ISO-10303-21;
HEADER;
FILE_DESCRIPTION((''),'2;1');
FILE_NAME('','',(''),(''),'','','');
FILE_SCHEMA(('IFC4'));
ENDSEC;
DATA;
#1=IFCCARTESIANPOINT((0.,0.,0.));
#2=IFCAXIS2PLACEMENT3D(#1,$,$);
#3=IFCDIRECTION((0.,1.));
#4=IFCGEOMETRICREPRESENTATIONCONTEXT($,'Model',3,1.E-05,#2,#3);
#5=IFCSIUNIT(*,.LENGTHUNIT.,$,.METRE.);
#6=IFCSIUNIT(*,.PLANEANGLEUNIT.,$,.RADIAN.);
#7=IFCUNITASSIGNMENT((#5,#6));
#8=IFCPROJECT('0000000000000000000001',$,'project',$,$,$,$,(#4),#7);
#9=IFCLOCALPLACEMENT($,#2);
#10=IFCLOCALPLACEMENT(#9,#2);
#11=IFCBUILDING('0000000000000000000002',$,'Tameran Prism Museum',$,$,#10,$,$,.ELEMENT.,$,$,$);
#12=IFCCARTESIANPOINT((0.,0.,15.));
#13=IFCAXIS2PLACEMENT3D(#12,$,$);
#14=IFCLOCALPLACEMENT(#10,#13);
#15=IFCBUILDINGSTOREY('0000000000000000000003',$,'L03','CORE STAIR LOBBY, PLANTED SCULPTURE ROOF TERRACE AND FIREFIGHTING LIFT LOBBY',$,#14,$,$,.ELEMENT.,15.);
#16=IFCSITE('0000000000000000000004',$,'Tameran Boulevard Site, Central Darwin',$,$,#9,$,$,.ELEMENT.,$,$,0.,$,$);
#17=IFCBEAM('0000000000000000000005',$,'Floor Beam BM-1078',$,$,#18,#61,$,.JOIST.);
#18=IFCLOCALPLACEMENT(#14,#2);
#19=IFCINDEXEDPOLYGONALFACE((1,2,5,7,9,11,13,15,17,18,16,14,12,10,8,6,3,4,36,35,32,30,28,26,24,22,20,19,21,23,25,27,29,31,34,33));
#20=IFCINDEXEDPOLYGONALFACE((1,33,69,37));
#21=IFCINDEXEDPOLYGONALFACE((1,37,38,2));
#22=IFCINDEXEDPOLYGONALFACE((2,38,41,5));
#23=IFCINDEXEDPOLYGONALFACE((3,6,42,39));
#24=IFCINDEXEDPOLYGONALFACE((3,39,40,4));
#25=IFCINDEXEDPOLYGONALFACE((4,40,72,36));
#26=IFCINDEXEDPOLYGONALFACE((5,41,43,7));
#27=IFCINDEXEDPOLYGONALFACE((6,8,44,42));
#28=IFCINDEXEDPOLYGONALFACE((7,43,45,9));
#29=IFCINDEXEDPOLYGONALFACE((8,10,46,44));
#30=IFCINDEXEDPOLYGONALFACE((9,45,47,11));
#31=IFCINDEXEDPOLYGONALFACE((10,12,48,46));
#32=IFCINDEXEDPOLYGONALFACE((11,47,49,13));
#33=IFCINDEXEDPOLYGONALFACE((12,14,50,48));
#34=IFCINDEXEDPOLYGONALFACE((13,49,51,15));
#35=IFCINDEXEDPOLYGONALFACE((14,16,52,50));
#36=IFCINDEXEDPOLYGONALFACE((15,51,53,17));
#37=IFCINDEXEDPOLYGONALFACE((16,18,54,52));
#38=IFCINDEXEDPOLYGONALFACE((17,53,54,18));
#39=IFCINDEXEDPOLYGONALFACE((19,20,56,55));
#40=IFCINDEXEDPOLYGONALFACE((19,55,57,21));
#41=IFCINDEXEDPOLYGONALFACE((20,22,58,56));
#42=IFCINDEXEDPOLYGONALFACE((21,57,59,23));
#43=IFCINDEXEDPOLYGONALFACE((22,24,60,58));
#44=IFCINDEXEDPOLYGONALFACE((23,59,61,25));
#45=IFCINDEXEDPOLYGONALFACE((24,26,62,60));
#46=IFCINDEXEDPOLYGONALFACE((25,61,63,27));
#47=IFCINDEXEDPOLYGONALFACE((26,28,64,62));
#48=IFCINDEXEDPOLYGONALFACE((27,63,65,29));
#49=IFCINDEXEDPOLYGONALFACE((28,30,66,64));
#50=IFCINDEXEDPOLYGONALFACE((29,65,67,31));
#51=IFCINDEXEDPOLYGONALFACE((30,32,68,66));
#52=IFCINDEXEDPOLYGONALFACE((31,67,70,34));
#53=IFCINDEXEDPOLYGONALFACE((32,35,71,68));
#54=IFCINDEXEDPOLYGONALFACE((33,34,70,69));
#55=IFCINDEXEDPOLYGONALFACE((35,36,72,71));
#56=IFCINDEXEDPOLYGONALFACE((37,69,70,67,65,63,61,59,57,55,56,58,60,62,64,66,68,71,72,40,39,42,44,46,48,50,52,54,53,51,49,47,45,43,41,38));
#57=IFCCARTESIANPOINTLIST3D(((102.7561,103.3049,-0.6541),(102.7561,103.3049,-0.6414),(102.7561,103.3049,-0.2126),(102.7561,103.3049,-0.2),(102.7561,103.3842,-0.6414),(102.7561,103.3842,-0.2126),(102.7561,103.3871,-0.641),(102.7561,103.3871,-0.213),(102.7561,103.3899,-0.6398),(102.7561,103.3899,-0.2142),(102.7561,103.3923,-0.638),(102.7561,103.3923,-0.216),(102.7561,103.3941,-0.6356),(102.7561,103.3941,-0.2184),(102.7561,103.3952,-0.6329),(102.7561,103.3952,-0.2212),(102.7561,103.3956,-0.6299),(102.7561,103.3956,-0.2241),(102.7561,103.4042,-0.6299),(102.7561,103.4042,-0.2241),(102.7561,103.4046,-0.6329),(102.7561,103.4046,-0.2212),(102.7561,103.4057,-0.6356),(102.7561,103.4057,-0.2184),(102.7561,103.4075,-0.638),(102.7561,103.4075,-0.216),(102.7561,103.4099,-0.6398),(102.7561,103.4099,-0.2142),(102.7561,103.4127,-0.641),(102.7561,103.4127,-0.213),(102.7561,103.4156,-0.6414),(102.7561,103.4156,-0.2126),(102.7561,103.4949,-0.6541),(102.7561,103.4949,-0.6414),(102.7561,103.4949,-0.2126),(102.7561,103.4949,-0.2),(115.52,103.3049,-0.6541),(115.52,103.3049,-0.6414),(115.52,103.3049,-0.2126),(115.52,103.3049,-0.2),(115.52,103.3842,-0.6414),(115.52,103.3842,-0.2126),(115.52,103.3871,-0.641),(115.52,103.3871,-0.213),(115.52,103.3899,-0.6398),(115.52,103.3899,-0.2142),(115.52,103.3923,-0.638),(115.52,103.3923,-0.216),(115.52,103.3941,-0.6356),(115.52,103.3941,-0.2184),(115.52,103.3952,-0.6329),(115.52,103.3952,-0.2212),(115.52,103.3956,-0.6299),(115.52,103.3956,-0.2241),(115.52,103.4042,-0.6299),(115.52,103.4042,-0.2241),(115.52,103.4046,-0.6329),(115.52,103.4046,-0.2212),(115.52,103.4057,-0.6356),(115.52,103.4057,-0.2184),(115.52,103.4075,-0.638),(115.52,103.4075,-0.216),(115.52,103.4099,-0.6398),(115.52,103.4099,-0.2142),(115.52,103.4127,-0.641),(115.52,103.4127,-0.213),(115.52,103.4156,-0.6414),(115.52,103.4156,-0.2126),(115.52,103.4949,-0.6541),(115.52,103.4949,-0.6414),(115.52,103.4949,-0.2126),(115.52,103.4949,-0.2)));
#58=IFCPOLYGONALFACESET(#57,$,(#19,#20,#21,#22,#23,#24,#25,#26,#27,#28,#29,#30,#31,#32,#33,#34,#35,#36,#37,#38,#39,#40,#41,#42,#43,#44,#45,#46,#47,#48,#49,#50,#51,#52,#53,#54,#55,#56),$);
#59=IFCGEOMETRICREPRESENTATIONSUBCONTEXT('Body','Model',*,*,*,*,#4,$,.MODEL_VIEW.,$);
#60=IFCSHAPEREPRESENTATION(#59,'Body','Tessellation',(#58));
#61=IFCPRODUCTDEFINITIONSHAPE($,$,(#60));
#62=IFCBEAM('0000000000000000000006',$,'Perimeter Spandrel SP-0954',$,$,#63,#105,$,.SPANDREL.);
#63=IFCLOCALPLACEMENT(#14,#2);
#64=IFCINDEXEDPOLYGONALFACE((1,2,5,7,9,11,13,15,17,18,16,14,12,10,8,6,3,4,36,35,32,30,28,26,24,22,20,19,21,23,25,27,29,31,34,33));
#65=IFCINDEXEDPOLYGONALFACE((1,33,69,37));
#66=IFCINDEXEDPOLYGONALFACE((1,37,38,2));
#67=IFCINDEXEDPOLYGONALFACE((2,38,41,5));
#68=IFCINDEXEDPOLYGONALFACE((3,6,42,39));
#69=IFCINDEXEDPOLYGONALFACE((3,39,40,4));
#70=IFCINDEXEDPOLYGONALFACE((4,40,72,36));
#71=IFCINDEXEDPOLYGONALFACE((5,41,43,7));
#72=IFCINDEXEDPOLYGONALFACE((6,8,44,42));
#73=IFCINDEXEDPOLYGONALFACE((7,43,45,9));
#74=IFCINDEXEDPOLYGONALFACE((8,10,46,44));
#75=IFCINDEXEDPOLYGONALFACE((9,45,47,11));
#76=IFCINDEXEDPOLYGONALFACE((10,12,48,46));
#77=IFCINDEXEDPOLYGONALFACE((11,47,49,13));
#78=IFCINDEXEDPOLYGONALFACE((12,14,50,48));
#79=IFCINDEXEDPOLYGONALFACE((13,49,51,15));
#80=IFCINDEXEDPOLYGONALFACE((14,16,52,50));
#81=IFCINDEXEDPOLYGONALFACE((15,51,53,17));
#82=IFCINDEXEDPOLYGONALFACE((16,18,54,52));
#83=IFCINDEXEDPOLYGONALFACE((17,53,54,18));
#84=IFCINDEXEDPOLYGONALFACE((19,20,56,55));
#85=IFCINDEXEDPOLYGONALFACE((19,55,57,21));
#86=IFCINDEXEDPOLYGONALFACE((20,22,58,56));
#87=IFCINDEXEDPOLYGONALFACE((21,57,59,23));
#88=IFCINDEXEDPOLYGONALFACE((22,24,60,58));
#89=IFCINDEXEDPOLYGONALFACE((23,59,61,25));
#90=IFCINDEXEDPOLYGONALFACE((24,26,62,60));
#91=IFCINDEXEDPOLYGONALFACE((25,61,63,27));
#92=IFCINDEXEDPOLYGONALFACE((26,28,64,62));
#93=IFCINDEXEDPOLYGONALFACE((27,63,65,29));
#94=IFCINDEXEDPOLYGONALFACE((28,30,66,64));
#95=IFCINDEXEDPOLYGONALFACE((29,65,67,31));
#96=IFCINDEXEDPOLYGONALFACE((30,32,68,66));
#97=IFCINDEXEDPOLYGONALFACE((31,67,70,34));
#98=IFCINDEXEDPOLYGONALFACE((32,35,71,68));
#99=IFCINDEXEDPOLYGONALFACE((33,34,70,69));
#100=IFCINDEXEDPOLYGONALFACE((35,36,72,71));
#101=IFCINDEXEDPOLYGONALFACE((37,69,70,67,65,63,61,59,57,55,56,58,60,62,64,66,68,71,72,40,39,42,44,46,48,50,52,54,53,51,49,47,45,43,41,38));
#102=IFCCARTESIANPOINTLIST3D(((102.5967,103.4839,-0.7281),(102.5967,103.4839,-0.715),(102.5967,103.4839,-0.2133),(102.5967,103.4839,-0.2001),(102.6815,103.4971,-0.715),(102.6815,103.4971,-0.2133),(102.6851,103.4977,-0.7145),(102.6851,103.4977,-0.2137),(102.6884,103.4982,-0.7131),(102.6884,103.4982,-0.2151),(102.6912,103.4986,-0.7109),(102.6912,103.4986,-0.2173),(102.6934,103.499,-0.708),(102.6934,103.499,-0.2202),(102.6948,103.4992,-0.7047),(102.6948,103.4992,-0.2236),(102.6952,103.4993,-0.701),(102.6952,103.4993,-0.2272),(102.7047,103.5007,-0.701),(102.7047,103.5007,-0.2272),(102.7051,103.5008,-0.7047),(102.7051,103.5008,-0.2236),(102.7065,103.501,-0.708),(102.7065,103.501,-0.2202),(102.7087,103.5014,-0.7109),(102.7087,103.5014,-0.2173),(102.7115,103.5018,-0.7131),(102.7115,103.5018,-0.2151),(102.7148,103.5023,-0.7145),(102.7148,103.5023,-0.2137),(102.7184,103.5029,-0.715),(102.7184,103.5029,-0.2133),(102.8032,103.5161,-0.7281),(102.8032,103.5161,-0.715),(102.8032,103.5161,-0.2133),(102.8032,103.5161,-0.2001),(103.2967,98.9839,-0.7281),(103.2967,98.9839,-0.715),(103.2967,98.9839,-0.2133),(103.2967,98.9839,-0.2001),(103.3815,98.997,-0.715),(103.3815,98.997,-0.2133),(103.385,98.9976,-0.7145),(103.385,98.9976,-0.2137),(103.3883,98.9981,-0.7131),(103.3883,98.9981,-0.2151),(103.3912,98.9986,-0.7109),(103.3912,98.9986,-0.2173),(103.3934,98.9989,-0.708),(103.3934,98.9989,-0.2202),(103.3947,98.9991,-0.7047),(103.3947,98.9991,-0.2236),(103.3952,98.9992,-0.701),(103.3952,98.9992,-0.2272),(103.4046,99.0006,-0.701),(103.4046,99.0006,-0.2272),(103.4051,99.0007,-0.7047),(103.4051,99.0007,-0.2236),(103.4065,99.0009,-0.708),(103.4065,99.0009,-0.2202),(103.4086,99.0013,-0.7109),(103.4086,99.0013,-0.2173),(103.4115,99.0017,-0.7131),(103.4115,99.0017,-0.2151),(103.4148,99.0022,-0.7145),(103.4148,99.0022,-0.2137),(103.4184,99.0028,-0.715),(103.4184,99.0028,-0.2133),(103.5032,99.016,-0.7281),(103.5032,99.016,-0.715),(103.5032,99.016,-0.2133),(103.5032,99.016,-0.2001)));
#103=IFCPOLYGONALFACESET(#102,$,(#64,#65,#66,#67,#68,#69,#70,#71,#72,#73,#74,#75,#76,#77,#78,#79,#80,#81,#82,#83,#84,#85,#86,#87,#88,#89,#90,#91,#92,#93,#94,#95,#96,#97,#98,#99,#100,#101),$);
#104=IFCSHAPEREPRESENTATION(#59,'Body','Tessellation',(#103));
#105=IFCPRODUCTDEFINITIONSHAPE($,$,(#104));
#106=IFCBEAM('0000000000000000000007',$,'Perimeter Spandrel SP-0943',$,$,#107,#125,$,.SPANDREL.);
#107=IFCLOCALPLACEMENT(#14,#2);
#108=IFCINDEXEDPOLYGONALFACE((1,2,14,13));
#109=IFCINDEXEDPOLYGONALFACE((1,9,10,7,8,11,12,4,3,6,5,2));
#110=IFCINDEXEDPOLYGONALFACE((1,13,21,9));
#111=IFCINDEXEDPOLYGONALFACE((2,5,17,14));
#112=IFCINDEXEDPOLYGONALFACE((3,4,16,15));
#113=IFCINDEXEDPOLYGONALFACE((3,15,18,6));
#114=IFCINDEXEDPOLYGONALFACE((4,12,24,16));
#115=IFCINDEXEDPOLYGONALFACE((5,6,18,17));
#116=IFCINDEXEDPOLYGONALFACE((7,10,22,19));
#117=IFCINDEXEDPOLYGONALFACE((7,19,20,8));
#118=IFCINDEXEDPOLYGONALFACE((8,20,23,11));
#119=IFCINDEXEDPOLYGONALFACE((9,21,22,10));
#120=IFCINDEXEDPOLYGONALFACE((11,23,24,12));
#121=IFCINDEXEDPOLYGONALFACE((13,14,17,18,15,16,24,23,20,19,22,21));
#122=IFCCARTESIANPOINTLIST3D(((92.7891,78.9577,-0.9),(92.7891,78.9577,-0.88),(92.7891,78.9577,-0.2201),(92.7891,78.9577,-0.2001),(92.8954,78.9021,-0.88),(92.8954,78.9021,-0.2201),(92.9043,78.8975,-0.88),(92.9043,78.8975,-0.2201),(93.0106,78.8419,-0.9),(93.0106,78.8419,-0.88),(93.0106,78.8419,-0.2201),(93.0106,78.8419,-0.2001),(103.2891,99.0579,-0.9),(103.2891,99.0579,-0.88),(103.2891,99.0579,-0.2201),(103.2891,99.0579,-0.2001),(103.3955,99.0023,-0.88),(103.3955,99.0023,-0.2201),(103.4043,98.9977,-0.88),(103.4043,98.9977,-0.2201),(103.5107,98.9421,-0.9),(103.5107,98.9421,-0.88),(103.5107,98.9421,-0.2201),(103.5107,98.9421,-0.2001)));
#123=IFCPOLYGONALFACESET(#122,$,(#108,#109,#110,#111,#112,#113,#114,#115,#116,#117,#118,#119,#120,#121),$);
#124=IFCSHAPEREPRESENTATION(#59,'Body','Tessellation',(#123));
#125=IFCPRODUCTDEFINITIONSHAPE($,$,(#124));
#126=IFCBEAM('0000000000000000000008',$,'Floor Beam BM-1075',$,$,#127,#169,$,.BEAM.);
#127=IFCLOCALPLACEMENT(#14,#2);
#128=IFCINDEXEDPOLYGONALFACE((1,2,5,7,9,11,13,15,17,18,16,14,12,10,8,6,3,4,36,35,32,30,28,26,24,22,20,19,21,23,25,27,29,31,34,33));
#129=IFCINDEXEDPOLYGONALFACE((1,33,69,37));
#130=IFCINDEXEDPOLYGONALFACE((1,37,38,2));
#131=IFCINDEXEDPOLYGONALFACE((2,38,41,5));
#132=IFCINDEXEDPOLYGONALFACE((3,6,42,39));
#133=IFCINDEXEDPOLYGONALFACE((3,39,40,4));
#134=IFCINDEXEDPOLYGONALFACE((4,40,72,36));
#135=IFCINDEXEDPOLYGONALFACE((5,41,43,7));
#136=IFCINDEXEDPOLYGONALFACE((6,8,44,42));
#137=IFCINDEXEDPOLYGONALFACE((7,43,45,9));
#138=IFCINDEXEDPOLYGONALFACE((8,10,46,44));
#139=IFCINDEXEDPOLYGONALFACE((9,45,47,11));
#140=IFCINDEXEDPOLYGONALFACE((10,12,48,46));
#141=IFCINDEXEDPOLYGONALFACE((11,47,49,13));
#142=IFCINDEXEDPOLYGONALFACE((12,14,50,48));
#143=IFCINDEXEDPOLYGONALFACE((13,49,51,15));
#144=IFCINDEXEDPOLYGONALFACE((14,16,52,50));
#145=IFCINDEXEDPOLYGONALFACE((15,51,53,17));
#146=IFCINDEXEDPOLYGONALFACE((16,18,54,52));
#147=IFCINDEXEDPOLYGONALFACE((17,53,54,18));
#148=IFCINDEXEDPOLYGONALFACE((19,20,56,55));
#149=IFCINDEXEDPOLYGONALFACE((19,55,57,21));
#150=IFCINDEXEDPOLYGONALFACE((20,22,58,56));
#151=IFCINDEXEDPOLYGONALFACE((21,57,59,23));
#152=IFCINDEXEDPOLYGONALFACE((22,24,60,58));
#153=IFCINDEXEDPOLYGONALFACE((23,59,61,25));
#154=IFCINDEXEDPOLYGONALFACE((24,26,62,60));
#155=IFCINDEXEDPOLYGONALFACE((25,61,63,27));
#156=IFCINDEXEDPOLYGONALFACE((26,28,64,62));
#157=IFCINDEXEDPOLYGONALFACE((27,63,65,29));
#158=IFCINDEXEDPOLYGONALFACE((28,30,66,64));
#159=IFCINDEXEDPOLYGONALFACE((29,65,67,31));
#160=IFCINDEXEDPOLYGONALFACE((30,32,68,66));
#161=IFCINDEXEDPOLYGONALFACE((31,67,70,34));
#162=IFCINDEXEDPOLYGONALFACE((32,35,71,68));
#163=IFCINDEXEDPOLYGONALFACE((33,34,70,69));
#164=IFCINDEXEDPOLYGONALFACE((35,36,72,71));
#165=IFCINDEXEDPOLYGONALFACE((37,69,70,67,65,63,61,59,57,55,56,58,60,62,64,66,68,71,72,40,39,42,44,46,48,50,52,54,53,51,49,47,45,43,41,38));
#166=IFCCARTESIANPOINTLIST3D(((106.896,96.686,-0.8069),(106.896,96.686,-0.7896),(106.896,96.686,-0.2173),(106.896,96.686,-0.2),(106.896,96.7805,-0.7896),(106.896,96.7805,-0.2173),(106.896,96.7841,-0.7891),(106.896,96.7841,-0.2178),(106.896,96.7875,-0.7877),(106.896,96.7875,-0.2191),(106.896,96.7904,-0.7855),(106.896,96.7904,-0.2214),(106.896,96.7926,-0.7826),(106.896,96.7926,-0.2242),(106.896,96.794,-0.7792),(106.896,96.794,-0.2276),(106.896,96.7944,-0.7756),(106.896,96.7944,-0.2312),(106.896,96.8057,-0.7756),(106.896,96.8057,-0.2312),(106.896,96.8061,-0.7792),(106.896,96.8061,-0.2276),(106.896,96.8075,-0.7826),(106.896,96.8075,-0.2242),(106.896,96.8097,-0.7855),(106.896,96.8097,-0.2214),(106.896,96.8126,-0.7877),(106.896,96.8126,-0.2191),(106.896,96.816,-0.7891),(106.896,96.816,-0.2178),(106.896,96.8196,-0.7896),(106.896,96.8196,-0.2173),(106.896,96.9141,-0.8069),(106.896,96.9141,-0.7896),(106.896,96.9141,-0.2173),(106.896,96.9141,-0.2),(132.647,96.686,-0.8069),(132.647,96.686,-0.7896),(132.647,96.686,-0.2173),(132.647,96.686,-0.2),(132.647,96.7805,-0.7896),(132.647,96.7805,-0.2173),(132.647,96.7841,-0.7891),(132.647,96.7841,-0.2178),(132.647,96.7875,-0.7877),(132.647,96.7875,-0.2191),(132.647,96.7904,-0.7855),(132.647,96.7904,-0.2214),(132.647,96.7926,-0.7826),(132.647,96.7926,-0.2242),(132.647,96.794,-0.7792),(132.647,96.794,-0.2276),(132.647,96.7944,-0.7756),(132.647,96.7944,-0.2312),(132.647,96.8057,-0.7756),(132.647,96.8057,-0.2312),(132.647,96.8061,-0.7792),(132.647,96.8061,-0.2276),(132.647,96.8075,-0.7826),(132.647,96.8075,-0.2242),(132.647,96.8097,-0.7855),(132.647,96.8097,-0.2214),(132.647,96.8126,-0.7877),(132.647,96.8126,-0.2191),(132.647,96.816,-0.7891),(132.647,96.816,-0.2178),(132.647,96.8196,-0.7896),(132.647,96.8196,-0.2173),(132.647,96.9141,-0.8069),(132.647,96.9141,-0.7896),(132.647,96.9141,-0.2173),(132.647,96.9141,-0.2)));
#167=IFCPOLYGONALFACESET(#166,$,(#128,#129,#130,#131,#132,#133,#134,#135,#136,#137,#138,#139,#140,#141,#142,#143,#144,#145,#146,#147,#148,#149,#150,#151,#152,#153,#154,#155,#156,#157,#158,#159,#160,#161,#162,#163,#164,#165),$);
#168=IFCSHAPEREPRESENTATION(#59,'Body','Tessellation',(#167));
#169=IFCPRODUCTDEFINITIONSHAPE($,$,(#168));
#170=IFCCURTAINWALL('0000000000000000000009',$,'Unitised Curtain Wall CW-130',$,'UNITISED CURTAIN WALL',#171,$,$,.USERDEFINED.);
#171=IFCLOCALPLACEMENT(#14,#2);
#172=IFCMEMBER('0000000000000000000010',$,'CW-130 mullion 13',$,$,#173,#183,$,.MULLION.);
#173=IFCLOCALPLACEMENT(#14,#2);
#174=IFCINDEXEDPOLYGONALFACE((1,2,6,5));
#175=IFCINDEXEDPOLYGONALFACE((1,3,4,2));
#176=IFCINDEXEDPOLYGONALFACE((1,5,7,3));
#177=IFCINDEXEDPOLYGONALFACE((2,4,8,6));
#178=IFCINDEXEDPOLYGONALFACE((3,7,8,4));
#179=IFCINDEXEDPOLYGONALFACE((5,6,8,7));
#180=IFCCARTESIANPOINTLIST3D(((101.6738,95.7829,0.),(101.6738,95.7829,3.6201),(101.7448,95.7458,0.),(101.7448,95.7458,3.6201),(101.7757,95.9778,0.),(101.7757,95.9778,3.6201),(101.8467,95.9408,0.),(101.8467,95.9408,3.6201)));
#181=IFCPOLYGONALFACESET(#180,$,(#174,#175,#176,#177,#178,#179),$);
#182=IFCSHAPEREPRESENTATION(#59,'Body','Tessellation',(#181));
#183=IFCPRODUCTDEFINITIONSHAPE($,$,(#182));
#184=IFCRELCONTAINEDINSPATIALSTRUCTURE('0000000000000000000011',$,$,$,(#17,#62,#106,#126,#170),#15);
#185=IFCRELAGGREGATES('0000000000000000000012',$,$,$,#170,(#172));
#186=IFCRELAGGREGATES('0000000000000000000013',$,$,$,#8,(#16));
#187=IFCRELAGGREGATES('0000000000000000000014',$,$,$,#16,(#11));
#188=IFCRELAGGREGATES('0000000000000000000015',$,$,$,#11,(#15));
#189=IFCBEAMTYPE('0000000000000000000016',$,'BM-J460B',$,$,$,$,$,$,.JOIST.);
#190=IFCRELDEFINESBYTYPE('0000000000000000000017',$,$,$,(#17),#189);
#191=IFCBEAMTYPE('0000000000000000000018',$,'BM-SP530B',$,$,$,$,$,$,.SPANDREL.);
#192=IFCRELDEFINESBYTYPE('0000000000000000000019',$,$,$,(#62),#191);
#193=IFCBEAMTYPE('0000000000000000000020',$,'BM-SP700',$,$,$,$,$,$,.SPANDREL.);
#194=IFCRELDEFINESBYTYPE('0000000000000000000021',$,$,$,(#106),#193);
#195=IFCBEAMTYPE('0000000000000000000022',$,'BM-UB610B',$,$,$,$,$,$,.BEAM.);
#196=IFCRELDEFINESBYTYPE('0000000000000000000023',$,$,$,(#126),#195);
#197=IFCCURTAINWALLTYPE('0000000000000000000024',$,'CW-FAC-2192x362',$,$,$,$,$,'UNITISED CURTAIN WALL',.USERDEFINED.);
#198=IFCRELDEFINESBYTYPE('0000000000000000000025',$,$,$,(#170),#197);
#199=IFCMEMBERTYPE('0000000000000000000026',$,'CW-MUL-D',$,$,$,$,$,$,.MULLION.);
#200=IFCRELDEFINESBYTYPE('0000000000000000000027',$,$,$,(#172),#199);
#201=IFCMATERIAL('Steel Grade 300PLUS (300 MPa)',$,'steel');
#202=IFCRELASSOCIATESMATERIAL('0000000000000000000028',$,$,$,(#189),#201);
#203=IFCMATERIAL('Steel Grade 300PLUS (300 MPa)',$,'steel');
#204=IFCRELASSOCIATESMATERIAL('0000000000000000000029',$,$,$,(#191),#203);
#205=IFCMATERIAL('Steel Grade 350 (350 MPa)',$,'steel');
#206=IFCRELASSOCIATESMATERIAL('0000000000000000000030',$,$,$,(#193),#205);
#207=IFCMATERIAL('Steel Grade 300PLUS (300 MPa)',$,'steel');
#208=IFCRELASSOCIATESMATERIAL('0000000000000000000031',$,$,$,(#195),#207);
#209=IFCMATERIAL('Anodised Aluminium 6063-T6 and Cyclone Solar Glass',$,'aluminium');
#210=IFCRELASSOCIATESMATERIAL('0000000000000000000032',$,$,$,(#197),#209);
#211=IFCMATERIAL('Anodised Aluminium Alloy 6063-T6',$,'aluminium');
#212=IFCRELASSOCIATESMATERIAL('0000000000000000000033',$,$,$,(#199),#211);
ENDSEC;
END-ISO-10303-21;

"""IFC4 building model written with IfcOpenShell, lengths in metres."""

from ifc_helpers import new_model, si_unit, direction, frame, origin, origin_2d, place, context, subcontext, project, spatial, rectangle, i_section, extrude, material, material_profile, profile_set, type_object, element, aggregate, save


model = new_model("IFC4")

# Units and contexts
model_context = context("Model", 3, precision=1e-05, world=origin(), true_north=direction((0.0, 1.0)))
body_context = subcontext(model_context, "Body", "Model", "MODEL_VIEW")
ifc_project = project(units=[si_unit("LENGTHUNIT", "METRE"), si_unit("PLANEANGLEUNIT", "RADIAN")], contexts=[model_context])

# Site, building, storey
site_placement = place(None, origin())
site = spatial("IfcSite", under=ifc_project, at=site_placement, Name="Tameran Boulevard Site, Central Darwin", CompositionType="ELEMENT", RefElevation=0.0)
building_placement = place(site_placement, origin())
building = spatial("IfcBuilding", under=site, at=building_placement, Name="Tameran Prism Museum", CompositionType="ELEMENT")
storey_placement = place(building_placement, frame((0.0, 0.0, 15.0)))
storey = spatial("IfcBuildingStorey", under=building, at=storey_placement, Name="L03", Description="CORE STAIR LOBBY, PLANTED SCULPTURE ROOF TERRACE AND FIREFIGHTING LIFT LOBBY", CompositionType="ELEMENT", Elevation=15.0)

# Beams
ifc_material_1 = material(Name="Steel Grade 300PLUS (300 MPa)", Category="steel")
ifc_material_profile_1 = material_profile(ifc_material_1, i_section(OverallWidth=0.1899, OverallDepth=0.4541, WebThickness=0.0085, FlangeThickness=0.0127, FilletRadius=0.0115, at=origin_2d()))
ifc_profile_set_1 = profile_set([ifc_material_profile_1])
beam_type_1 = type_object("IfcBeamType", Name="BM-J460B", PredefinedType="JOIST", material=ifc_profile_set_1)
beam_1_placement = place(storey_placement, frame((102.7561, 103.3999, -0.427), z_axis=(1.0, 0.0, 0.0), x_axis=(0.0, 1.0, 0.0)))
element("IfcBeam", 1, at=beam_1_placement, inside=storey, type_object=beam_type_1, Name="Floor Beam BM-1078", PredefinedType="JOIST", context=body_context, shape_type="SweptSolid", body=[
    extrude(i_section(OverallWidth=0.1899, OverallDepth=0.4541, WebThickness=0.0085, FlangeThickness=0.0127, FilletRadius=0.0115, at=origin_2d()), origin(), (0.0, 0.0, 1.0), 12.7639),
])
ifc_material_2 = material(Name="Steel Grade 300PLUS (300 MPa)", Category="steel")
ifc_material_profile_2 = material_profile(ifc_material_2, i_section(OverallWidth=0.209, OverallDepth=0.5281, WebThickness=0.0095, FlangeThickness=0.0132, FilletRadius=0.0139, at=origin_2d()))
ifc_profile_set_2 = profile_set([ifc_material_profile_2])
beam_type_2 = type_object("IfcBeamType", Name="BM-SP530B", PredefinedType="SPANDREL", material=ifc_profile_set_2)
beam_2_placement = place(storey_placement, frame((102.7, 103.5, -0.4641), z_axis=(0.153697, -0.988118, 0.0), x_axis=(0.988118, 0.153697, 0.0)))
element("IfcBeam", 2, at=beam_2_placement, inside=storey, type_object=beam_type_2, Name="Perimeter Spandrel SP-0954", PredefinedType="SPANDREL", context=body_context, shape_type="SweptSolid", body=[
    extrude(i_section(OverallWidth=0.209, OverallDepth=0.5281, WebThickness=0.0095, FlangeThickness=0.0132, FilletRadius=0.0139, at=origin_2d()), origin(), (0.0, 0.0, 1.0), 4.5542),
])
ifc_material_3 = material(Name="Steel Grade 350 (350 MPa)", Category="steel")
ifc_material_profile_3 = material_profile(ifc_material_3, i_section(OverallWidth=0.25, OverallDepth=0.7, WebThickness=0.01, FlangeThickness=0.02, at=origin_2d()))
ifc_profile_set_3 = profile_set([ifc_material_profile_3])
beam_type_3 = type_object("IfcBeamType", Name="BM-SP700", PredefinedType="SPANDREL", material=ifc_profile_set_3)
beam_3_placement = place(storey_placement, frame((103.3999, 99.0, -0.55), z_axis=(-0.463016, -0.88635, 0.0), x_axis=(0.88635, -0.463016, 0.0)))
element("IfcBeam", 3, at=beam_3_placement, inside=storey, type_object=beam_type_3, Name="Perimeter Spandrel SP-0943", PredefinedType="SPANDREL", context=body_context, shape_type="SweptSolid", body=[
    extrude(i_section(OverallWidth=0.25, OverallDepth=0.7, WebThickness=0.01, FlangeThickness=0.02, at=origin_2d()), origin(), (0.0, 0.0, 1.0), 22.6775),
])
ifc_material_4 = material(Name="Steel Grade 300PLUS (300 MPa)", Category="steel")
ifc_material_profile_4 = material_profile(ifc_material_4, i_section(OverallWidth=0.228, OverallDepth=0.6069, WebThickness=0.0112, FlangeThickness=0.0173, FilletRadius=0.0139, at=origin_2d()))
ifc_profile_set_4 = profile_set([ifc_material_profile_4])
beam_type_4 = type_object("IfcBeamType", Name="BM-UB610B", PredefinedType="BEAM", material=ifc_profile_set_4)
beam_4_placement = place(storey_placement, frame((106.896, 96.8, -0.5034), z_axis=(1.0, 0.0, 0.0), x_axis=(0.0, 1.0, 0.0)))
element("IfcBeam", 4, at=beam_4_placement, inside=storey, type_object=beam_type_4, Name="Floor Beam BM-1075", PredefinedType="BEAM", context=body_context, shape_type="SweptSolid", body=[
    extrude(i_section(OverallWidth=0.228, OverallDepth=0.6069, WebThickness=0.0112, FlangeThickness=0.0173, FilletRadius=0.0139, at=origin_2d()), origin(), (0.0, 0.0, 1.0), 25.751),
])

# Curtain wall, member
ifc_material_5 = material(Name="Anodised Aluminium 6063-T6 and Cyclone Solar Glass", Category="aluminium")
curtain_wall_type = type_object("IfcCurtainWallType", Name="CW-FAC-2192x362", ElementType="UNITISED CURTAIN WALL", PredefinedType="USERDEFINED", material=ifc_material_5)
curtain_wall_placement = place(storey_placement, origin())
curtain_wall = element("IfcCurtainWall", 5, at=curtain_wall_placement, inside=storey, type_object=curtain_wall_type, Name="Unitised Curtain Wall CW-130", ObjectType="UNITISED CURTAIN WALL", PredefinedType="USERDEFINED")
ifc_material_6 = material(Name="Anodised Aluminium Alloy 6063-T6", Category="aluminium")
ifc_material_profile_5 = material_profile(ifc_material_6, rectangle(XDim=0.0801, YDim=0.22, at=origin_2d()))
ifc_profile_set_5 = profile_set([ifc_material_profile_5])
member_type_1 = type_object("IfcMemberType", Name="CW-MUL-D", PredefinedType="MULLION", material=ifc_profile_set_5)
member_1_placement = place(storey_placement, frame((101.7603, 95.8618, 0.0), z_axis=(0.0, 0.0, 1.0), x_axis=(-0.886357, 0.463003, 0.0)))
member_1 = element("IfcMember", 6, at=member_1_placement, type_object=member_type_1, Name="CW-130 mullion 13", PredefinedType="MULLION", context=body_context, shape_type="SweptSolid", body=[
    extrude(rectangle(XDim=0.0801, YDim=0.22, at=origin_2d()), origin(), (0.0, 0.0, 1.0), 3.6201),
])

aggregate(curtain_wall, [member_1])

save(model, "model.ifc")
